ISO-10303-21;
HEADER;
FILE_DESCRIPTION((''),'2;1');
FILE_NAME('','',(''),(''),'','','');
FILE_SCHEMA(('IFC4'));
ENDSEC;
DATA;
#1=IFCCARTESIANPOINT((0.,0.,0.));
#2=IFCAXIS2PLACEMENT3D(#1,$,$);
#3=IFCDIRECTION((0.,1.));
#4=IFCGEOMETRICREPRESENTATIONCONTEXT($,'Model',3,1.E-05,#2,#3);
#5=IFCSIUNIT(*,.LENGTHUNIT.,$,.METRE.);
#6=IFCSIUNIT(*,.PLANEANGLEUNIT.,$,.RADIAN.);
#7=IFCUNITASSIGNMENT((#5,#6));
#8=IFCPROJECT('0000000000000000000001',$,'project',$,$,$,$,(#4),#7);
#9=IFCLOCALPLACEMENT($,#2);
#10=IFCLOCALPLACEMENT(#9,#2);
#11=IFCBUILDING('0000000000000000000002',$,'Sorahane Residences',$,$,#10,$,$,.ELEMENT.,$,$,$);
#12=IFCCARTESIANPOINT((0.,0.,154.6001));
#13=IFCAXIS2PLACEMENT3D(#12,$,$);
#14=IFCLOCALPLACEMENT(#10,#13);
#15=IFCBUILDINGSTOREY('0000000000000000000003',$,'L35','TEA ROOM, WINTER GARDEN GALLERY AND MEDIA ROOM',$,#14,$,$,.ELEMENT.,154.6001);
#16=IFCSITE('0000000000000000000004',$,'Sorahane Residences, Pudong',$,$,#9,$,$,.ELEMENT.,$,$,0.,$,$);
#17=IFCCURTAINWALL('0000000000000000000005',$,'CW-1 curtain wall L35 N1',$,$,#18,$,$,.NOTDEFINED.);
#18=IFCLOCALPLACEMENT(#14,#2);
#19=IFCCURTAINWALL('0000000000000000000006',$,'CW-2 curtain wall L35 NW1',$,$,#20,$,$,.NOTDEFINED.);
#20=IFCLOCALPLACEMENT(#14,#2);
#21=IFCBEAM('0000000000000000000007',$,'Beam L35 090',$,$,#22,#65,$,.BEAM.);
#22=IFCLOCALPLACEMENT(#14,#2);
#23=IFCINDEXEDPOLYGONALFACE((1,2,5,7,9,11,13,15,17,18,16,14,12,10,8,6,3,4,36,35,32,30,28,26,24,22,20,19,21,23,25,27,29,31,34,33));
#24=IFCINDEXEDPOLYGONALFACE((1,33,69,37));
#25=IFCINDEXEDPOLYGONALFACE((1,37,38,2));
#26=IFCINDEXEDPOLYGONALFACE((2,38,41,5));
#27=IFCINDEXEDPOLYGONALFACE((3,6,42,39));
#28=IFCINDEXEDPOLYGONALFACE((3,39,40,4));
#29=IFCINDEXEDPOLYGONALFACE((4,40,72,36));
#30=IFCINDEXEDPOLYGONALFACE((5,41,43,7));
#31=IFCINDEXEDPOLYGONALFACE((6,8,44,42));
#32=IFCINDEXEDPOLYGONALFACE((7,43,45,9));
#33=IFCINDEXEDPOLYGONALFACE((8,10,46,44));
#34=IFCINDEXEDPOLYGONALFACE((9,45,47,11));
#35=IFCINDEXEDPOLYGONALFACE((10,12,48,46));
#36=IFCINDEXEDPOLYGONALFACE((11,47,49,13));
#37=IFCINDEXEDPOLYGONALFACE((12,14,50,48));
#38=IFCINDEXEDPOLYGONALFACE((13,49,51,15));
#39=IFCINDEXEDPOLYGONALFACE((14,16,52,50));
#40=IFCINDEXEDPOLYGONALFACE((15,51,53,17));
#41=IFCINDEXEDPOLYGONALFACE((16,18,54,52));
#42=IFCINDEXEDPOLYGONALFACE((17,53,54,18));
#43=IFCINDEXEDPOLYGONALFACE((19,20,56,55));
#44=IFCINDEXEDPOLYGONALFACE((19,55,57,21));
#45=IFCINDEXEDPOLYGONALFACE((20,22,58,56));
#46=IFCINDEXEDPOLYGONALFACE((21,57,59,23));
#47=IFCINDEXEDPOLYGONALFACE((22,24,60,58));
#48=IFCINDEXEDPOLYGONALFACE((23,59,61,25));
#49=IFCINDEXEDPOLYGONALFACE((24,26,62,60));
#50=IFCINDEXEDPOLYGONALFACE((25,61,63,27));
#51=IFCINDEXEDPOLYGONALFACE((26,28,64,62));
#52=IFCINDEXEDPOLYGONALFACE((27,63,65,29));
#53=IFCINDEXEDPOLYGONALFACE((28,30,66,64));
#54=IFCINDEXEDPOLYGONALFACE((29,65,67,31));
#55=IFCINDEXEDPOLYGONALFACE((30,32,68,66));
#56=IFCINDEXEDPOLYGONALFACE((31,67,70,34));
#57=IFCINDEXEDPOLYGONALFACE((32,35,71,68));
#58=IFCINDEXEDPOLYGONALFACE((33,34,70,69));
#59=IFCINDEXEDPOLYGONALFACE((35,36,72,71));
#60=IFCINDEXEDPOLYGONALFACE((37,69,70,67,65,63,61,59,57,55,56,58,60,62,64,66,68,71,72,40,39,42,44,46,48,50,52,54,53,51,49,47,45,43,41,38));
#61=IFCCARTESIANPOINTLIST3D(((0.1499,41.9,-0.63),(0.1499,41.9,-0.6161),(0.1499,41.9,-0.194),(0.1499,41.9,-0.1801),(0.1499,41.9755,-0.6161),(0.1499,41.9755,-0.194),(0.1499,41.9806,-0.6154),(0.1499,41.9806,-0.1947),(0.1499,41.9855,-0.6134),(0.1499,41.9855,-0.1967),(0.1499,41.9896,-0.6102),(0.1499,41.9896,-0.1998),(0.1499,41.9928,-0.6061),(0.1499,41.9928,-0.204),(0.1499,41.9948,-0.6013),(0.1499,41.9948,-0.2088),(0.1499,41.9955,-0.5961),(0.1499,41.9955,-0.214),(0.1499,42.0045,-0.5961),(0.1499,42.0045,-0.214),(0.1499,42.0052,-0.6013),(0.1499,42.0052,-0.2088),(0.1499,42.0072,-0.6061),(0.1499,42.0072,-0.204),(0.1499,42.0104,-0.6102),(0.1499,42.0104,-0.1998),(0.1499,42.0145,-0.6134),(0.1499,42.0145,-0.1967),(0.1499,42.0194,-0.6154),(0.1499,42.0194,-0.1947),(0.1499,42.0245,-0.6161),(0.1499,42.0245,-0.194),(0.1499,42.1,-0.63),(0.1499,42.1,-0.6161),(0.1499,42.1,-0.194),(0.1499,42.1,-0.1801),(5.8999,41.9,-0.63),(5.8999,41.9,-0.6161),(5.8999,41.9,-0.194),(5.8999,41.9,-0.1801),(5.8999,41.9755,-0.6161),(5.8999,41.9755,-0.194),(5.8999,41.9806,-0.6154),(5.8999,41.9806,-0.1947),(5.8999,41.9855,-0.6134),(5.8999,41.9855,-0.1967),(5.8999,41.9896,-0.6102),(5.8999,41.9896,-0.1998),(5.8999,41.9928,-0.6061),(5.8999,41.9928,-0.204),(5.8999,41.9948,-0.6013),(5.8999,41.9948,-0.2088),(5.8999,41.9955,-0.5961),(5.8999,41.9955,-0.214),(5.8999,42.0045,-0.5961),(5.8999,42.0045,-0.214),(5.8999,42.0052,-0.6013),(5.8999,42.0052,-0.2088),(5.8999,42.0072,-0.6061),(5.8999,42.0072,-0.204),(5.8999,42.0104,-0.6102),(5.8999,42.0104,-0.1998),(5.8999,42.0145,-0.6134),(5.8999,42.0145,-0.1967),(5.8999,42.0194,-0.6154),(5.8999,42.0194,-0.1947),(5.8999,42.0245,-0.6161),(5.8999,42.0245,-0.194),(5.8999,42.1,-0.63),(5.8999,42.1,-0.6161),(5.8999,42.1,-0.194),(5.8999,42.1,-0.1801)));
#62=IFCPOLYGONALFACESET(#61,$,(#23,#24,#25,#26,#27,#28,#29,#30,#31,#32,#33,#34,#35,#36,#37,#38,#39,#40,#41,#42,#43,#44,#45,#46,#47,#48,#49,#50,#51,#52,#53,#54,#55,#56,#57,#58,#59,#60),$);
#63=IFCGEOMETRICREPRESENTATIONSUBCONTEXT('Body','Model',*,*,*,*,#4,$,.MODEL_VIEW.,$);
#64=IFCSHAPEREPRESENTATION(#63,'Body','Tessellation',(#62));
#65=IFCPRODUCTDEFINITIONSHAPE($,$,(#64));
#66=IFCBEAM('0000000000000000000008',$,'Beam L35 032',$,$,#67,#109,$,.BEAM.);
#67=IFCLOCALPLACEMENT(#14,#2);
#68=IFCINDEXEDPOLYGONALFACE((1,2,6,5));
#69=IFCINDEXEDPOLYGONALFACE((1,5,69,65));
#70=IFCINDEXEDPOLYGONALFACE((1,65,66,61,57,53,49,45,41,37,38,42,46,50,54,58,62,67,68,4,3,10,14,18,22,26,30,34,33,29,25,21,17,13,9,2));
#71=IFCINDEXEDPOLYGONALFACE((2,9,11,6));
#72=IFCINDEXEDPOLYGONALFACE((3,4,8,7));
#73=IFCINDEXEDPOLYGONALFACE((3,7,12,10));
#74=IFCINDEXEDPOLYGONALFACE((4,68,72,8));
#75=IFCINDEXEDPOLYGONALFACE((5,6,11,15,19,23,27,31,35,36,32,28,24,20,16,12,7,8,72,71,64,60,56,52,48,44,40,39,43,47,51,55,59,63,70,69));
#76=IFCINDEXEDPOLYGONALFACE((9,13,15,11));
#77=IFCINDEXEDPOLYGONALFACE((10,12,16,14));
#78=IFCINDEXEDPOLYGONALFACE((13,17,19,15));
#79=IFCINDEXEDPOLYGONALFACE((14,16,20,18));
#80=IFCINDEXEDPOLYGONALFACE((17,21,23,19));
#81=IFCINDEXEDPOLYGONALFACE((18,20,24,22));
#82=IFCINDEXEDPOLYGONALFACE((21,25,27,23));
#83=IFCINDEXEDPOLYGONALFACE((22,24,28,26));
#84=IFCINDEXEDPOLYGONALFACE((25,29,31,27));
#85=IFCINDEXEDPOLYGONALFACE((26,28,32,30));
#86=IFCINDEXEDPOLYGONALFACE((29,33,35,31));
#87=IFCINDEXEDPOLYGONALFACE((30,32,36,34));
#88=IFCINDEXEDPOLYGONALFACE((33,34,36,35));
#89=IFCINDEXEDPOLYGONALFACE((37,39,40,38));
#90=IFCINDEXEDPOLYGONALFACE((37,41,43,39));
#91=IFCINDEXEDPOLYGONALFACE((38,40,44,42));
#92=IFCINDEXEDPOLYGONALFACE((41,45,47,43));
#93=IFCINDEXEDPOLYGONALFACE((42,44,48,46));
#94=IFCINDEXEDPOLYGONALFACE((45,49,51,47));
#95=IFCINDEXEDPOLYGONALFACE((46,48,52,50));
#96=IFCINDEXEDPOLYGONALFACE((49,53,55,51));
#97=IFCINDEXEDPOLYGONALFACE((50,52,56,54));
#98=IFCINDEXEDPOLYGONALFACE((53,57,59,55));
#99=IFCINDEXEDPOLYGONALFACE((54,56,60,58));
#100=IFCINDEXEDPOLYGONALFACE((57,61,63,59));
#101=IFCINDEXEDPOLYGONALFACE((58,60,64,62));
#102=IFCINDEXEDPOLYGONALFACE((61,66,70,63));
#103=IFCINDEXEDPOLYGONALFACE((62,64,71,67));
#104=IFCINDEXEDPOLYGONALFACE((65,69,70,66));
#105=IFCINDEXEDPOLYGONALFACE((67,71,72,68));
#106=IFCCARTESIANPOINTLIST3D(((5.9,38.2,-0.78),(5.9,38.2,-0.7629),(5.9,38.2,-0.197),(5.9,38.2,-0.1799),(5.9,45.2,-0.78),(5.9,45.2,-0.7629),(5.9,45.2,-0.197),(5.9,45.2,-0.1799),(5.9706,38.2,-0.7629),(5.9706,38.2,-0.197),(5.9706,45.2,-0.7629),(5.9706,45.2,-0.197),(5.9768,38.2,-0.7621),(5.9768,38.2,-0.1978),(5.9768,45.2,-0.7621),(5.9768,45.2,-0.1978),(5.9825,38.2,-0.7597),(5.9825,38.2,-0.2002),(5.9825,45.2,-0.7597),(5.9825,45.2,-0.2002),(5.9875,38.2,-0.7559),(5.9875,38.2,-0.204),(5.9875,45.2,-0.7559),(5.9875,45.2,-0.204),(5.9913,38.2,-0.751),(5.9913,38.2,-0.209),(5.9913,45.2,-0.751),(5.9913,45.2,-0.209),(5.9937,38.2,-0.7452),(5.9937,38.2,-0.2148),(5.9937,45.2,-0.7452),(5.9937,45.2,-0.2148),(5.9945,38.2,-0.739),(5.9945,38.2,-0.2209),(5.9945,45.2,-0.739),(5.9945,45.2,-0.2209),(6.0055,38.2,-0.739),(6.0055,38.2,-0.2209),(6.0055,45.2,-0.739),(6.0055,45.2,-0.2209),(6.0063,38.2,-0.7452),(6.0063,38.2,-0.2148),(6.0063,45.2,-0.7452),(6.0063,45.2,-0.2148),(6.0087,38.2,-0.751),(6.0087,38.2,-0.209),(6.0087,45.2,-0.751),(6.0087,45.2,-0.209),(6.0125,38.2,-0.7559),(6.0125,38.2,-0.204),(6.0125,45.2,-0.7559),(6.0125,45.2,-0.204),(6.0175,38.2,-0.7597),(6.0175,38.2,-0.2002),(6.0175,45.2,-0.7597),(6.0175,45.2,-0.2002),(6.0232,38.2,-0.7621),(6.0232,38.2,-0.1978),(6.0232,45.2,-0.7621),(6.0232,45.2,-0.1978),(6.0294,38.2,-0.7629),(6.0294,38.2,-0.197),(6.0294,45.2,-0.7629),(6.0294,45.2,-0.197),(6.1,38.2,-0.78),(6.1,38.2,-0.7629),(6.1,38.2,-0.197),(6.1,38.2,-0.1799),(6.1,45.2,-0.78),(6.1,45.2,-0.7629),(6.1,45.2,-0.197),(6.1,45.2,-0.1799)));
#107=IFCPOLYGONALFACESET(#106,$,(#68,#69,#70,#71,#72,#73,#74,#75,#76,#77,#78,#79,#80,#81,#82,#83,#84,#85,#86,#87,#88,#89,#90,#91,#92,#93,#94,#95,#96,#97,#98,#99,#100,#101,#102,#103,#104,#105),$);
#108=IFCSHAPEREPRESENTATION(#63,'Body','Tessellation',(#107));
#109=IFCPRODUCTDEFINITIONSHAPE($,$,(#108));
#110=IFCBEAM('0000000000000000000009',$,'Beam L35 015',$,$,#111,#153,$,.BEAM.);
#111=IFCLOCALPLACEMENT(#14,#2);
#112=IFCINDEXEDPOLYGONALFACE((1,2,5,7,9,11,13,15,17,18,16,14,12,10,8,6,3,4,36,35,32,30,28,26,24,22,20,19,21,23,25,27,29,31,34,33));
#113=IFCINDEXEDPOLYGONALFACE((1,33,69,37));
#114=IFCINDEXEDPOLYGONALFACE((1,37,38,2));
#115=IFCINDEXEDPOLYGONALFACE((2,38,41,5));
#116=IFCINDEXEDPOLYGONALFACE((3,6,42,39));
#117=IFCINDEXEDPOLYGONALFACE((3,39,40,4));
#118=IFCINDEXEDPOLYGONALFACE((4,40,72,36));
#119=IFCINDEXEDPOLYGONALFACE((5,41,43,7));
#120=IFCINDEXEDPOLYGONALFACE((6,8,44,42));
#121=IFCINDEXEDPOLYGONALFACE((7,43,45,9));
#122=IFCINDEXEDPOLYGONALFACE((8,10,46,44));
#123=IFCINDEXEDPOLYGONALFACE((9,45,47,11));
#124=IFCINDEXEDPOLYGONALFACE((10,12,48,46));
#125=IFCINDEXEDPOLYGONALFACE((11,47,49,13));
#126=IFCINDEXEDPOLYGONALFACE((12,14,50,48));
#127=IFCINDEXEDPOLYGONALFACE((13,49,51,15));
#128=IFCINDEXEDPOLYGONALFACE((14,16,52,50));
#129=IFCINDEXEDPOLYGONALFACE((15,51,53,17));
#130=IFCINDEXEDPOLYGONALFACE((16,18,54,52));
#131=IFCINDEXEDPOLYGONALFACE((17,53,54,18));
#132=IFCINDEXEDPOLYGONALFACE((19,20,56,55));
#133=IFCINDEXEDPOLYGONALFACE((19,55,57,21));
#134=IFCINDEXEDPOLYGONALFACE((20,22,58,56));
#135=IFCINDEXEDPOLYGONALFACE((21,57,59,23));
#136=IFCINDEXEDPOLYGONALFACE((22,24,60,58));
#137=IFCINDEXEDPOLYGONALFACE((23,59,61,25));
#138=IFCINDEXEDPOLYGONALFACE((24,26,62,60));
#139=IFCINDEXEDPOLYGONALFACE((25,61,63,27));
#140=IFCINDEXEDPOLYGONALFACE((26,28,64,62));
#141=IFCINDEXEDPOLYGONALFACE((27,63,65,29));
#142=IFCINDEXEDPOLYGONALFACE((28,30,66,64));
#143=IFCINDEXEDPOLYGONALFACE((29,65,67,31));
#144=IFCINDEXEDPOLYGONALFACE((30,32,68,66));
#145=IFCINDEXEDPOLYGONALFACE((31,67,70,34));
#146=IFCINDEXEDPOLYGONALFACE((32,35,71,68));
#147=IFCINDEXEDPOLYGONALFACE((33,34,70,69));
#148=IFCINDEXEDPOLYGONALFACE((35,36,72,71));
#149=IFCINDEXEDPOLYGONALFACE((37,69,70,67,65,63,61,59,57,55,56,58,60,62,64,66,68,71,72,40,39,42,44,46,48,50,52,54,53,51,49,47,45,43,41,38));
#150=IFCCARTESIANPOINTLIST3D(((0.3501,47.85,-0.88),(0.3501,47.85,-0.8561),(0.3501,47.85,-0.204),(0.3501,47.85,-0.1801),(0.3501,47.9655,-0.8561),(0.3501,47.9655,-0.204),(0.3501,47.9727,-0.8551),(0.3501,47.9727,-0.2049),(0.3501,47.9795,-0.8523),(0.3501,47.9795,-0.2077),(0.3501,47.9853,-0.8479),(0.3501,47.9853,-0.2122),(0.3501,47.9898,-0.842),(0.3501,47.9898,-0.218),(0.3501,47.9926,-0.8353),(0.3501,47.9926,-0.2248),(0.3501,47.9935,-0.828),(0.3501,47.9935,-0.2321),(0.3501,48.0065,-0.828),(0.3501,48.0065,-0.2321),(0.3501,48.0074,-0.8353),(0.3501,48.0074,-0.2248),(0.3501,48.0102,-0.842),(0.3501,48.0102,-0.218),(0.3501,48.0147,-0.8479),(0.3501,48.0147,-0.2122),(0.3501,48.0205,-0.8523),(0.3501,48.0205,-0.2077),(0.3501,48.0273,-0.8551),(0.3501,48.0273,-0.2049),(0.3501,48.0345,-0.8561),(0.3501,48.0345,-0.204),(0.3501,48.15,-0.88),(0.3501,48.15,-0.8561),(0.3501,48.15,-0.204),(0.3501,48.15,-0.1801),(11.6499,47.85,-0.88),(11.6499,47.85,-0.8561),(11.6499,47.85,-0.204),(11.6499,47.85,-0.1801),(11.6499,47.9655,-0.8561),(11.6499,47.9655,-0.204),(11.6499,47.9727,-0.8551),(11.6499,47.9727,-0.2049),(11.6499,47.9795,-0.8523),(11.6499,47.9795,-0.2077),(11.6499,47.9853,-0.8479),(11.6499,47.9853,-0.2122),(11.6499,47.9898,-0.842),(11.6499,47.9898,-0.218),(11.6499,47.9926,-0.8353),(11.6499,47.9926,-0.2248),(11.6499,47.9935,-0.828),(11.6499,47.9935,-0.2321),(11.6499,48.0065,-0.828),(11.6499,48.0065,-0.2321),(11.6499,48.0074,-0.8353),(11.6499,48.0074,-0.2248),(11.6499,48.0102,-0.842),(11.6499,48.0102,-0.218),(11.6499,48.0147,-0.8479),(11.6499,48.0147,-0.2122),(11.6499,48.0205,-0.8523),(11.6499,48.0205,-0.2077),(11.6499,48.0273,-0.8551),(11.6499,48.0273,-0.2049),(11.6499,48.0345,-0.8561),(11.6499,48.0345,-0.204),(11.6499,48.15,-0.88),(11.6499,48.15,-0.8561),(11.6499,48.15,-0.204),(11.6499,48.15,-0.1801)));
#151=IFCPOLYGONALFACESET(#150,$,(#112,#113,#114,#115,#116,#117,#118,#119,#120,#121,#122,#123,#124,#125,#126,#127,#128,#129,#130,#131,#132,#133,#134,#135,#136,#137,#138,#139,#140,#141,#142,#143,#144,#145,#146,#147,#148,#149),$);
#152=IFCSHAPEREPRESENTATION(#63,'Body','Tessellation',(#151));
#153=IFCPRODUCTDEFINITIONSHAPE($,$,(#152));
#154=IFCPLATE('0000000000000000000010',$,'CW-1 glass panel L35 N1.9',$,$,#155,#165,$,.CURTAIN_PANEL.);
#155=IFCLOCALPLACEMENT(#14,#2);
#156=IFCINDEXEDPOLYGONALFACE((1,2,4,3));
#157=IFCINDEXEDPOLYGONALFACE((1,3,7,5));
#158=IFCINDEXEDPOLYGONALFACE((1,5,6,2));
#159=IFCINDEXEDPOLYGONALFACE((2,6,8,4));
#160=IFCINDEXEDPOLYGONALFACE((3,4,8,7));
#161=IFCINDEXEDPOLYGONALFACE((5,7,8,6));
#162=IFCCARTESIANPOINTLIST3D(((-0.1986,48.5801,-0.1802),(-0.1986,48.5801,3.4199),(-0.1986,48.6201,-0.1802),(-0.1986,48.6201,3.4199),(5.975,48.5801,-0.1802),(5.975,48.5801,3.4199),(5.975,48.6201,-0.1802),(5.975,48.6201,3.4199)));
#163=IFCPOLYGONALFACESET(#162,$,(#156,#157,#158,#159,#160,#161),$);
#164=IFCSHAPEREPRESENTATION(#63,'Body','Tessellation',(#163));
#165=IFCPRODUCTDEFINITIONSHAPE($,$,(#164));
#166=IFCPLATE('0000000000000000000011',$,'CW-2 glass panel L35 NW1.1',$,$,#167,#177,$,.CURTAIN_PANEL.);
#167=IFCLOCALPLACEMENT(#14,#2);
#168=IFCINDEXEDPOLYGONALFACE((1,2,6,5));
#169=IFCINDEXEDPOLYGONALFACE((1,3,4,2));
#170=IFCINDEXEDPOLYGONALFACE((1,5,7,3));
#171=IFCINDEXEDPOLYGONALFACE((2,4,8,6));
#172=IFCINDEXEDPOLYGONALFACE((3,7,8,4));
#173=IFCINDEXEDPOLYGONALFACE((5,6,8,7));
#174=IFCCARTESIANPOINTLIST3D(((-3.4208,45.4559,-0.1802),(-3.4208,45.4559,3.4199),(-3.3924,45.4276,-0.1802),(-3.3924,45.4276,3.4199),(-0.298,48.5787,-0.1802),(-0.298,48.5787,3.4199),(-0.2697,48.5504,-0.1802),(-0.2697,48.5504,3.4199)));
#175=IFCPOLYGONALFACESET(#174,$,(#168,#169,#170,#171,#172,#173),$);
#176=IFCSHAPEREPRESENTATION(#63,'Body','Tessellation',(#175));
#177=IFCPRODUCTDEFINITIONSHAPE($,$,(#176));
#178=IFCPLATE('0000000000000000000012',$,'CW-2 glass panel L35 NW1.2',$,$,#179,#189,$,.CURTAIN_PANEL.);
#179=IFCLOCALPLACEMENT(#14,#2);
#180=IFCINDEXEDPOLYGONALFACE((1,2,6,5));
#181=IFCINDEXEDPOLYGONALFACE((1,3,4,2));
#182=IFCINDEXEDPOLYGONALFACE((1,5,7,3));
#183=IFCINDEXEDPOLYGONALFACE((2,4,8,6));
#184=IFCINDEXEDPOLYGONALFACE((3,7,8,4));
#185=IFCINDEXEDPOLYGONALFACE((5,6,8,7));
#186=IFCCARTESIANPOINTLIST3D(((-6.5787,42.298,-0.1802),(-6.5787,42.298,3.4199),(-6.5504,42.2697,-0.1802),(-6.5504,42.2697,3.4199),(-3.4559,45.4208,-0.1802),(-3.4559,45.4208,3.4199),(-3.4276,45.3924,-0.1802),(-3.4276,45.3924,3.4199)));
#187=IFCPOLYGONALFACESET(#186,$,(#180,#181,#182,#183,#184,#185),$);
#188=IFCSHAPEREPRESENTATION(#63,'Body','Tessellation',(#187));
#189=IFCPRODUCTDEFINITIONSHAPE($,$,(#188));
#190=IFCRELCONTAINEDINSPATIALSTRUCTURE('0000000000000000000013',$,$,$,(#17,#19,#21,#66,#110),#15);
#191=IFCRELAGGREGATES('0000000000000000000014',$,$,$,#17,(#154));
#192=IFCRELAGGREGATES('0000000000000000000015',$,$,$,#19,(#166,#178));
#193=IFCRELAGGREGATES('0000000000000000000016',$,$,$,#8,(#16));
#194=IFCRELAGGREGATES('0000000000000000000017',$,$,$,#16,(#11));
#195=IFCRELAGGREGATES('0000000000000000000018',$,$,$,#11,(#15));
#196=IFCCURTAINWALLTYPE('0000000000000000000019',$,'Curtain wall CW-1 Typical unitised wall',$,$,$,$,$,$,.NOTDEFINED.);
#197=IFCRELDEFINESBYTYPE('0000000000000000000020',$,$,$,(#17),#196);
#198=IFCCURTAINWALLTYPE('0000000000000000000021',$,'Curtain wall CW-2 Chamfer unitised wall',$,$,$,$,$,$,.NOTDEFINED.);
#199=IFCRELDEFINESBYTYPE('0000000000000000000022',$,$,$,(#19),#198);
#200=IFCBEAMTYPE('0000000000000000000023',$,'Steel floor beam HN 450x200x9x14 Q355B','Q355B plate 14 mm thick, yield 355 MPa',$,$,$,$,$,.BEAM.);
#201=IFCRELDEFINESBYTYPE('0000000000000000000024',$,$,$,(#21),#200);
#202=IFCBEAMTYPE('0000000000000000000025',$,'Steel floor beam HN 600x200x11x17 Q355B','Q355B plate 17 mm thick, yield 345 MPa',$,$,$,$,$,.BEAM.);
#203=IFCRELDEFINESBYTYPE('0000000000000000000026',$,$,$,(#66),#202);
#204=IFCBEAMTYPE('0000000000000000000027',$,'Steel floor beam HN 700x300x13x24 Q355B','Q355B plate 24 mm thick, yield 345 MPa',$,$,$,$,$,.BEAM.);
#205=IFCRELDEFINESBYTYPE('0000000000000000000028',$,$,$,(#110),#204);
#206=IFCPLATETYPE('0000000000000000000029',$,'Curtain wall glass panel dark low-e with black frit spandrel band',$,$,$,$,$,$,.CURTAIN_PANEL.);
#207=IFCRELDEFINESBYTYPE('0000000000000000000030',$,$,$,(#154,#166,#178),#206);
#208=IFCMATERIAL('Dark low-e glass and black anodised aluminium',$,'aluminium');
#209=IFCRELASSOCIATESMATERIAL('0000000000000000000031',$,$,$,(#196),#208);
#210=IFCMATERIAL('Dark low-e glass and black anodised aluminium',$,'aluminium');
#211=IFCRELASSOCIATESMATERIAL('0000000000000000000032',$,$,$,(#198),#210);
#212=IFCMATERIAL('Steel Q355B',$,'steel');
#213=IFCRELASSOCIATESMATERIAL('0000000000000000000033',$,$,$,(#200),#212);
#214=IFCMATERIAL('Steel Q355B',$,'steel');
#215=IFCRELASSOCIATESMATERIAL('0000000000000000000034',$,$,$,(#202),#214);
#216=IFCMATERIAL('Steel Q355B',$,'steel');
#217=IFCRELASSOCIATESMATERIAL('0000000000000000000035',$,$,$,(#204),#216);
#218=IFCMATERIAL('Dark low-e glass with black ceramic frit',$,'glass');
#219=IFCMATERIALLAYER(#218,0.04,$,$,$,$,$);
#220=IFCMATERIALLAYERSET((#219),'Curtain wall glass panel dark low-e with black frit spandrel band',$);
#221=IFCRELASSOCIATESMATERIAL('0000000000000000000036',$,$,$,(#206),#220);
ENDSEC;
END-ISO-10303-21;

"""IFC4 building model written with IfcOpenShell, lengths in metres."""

from ifc_helpers import new_model, si_unit, direction, frame, origin, origin_2d, place, context, subcontext, project, spatial, rectangle, i_section, extrude, material, layer, layer_set, material_profile, profile_set, type_object, element, aggregate, save


model = new_model("IFC4")

# Units and contexts
model_context = context("Model", 3, precision=1e-05, world=origin(), true_north=direction((0.0, 1.0)))
body_context = subcontext(model_context, "Body", "Model", "MODEL_VIEW")
ifc_project = project(units=[si_unit("LENGTHUNIT", "METRE"), si_unit("PLANEANGLEUNIT", "RADIAN")], contexts=[model_context])

# Site, building, storey
site_placement = place(None, origin())
site = spatial("IfcSite", under=ifc_project, at=site_placement, Name="Sorahane Residences, Pudong", CompositionType="ELEMENT", RefElevation=0.0)
building_placement = place(site_placement, origin())
building = spatial("IfcBuilding", under=site, at=building_placement, Name="Sorahane Residences", CompositionType="ELEMENT")
storey_placement = place(building_placement, frame((0.0, 0.0, 154.6001)))
storey = spatial("IfcBuildingStorey", under=building, at=storey_placement, Name="L35", Description="TEA ROOM, WINTER GARDEN GALLERY AND MEDIA ROOM", CompositionType="ELEMENT", Elevation=154.6001)

# Curtain walls
ifc_material_1 = material(Name="Dark low-e glass and black anodised aluminium", Category="aluminium")
curtain_wall_type_1 = type_object("IfcCurtainWallType", Name="Curtain wall CW-1 Typical unitised wall", PredefinedType="NOTDEFINED", material=ifc_material_1)
curtain_wall_1_placement = place(storey_placement, origin())
curtain_wall_1 = element("IfcCurtainWall", 1, at=curtain_wall_1_placement, inside=storey, type_object=curtain_wall_type_1, Name="CW-1 curtain wall L35 N1", PredefinedType="NOTDEFINED")
ifc_material_2 = material(Name="Dark low-e glass and black anodised aluminium", Category="aluminium")
curtain_wall_type_2 = type_object("IfcCurtainWallType", Name="Curtain wall CW-2 Chamfer unitised wall", PredefinedType="NOTDEFINED", material=ifc_material_2)
curtain_wall_2_placement = place(storey_placement, origin())
curtain_wall_2 = element("IfcCurtainWall", 2, at=curtain_wall_2_placement, inside=storey, type_object=curtain_wall_type_2, Name="CW-2 curtain wall L35 NW1", PredefinedType="NOTDEFINED")

# Beams
ifc_material_3 = material(Name="Steel Q355B", Category="steel")
ifc_material_profile_1 = material_profile(ifc_material_3, i_section(OverallWidth=0.2, OverallDepth=0.45, WebThickness=0.009, FlangeThickness=0.0139, FilletRadius=0.02, at=origin_2d()), Name="HN 450x200x9x14")
ifc_profile_set_1 = profile_set([ifc_material_profile_1], Name="Steel Q355B")
beam_type_1 = type_object("IfcBeamType", Name="Steel floor beam HN 450x200x9x14 Q355B", Description="Q355B plate 14 mm thick, yield 355 MPa", PredefinedType="BEAM", material=ifc_profile_set_1)
beam_1_placement = place(storey_placement, frame((0.1499, 42.0, -0.405), z_axis=(1.0, 0.0, 0.0), x_axis=(0.0, 1.0, 0.0)))
element("IfcBeam", 3, at=beam_1_placement, inside=storey, type_object=beam_type_1, Name="Beam L35 090", PredefinedType="BEAM", context=body_context, shape_type="SweptSolid", body=[
    extrude(i_section(OverallWidth=0.2, OverallDepth=0.45, WebThickness=0.009, FlangeThickness=0.0139, FilletRadius=0.02, at=origin_2d()), origin(), (0.0, 0.0, 1.0), 5.75),
])
ifc_material_4 = material(Name="Steel Q355B", Category="steel")
ifc_material_profile_2 = material_profile(ifc_material_4, i_section(OverallWidth=0.2, OverallDepth=0.6001, WebThickness=0.011, FlangeThickness=0.0171, FilletRadius=0.0239, at=origin_2d()), Name="HN 600x200x11x17")
ifc_profile_set_2 = profile_set([ifc_material_profile_2], Name="Steel Q355B")
beam_type_2 = type_object("IfcBeamType", Name="Steel floor beam HN 600x200x11x17 Q355B", Description="Q355B plate 17 mm thick, yield 345 MPa", PredefinedType="BEAM", material=ifc_profile_set_2)
beam_2_placement = place(storey_placement, frame((6.0, 38.2, -0.48), z_axis=(0.0, 1.0, 0.0), x_axis=(-1.0, 0.0, 0.0)))
element("IfcBeam", 4, at=beam_2_placement, inside=storey, type_object=beam_type_2, Name="Beam L35 032", PredefinedType="BEAM", context=body_context, shape_type="SweptSolid", body=[
    extrude(i_section(OverallWidth=0.2, OverallDepth=0.6001, WebThickness=0.011, FlangeThickness=0.0171, FilletRadius=0.0239, at=origin_2d()), origin(), (0.0, 0.0, 1.0), 7.0),
])
ifc_material_5 = material(Name="Steel Q355B", Category="steel")
ifc_material_profile_3 = material_profile(ifc_material_5, i_section(OverallWidth=0.3, OverallDepth=0.7, WebThickness=0.0129, FlangeThickness=0.0239, FilletRadius=0.0281, at=origin_2d()), Name="HN 700x300x13x24")
ifc_profile_set_3 = profile_set([ifc_material_profile_3], Name="Steel Q355B")
beam_type_3 = type_object("IfcBeamType", Name="Steel floor beam HN 700x300x13x24 Q355B", Description="Q355B plate 24 mm thick, yield 345 MPa", PredefinedType="BEAM", material=ifc_profile_set_3)
beam_3_placement = place(storey_placement, frame((0.3501, 48.0, -0.53), z_axis=(1.0, 0.0, 0.0), x_axis=(0.0, 1.0, 0.0)))
element("IfcBeam", 5, at=beam_3_placement, inside=storey, type_object=beam_type_3, Name="Beam L35 015", PredefinedType="BEAM", context=body_context, shape_type="SweptSolid", body=[
    extrude(i_section(OverallWidth=0.3, OverallDepth=0.7, WebThickness=0.0129, FlangeThickness=0.0239, FilletRadius=0.0281, at=origin_2d()), origin(), (0.0, 0.0, 1.0), 11.2998),
])

# Plates
ifc_material_6 = material(Name="Dark low-e glass with black ceramic frit", Category="glass")
ifc_layer_1 = layer(ifc_material_6, 0.04)
ifc_layer_set_1 = layer_set([ifc_layer_1], Name="Curtain wall glass panel dark low-e with black frit spandrel band")
plate_type = type_object("IfcPlateType", Name="Curtain wall glass panel dark low-e with black frit spandrel band", PredefinedType="CURTAIN_PANEL", material=ifc_layer_set_1)
plate_1_placement = place(storey_placement, frame((2.8882, 48.6001, -0.1802), z_axis=(0.0, 0.0, 1.0), x_axis=(-1.0, 0.0, 0.0)))
plate_1 = element("IfcPlate", 6, at=plate_1_placement, type_object=plate_type, Name="CW-1 glass panel L35 N1.9", PredefinedType="CURTAIN_PANEL", context=body_context, shape_type="SweptSolid", body=[
    extrude(rectangle(XDim=6.1736, YDim=0.04, at=origin_2d()), origin(), (0.0, 0.0, 1.0), 3.6001),
])
aggregate(curtain_wall_1, [plate_1])
plate_2_placement = place(storey_placement, frame((-1.8452, 47.0032, -0.1802), z_axis=(0.0, 0.0, 1.0), x_axis=(-0.707107, -0.707107, 0.0)))
plate_2 = element("IfcPlate", 7, at=plate_2_placement, type_object=plate_type, Name="CW-2 glass panel L35 NW1.1", PredefinedType="CURTAIN_PANEL", context=body_context, shape_type="SweptSolid", body=[
    extrude(rectangle(XDim=4.4163, YDim=0.04, at=origin_2d()), origin(), (0.0, 0.0, 1.0), 3.6001),
])
plate_3_placement = place(storey_placement, frame((-5.0032, 43.8452, -0.1802), z_axis=(0.0, 0.0, 1.0), x_axis=(-0.707107, -0.707107, 0.0)))
plate_3 = element("IfcPlate", 8, at=plate_3_placement, type_object=plate_type, Name="CW-2 glass panel L35 NW1.2", PredefinedType="CURTAIN_PANEL", context=body_context, shape_type="SweptSolid", body=[
    extrude(rectangle(XDim=4.4163, YDim=0.04, at=origin_2d()), origin(), (0.0, 0.0, 1.0), 3.6001),
])
aggregate(curtain_wall_2, [plate_2, plate_3])

save(model, "model.ifc")
